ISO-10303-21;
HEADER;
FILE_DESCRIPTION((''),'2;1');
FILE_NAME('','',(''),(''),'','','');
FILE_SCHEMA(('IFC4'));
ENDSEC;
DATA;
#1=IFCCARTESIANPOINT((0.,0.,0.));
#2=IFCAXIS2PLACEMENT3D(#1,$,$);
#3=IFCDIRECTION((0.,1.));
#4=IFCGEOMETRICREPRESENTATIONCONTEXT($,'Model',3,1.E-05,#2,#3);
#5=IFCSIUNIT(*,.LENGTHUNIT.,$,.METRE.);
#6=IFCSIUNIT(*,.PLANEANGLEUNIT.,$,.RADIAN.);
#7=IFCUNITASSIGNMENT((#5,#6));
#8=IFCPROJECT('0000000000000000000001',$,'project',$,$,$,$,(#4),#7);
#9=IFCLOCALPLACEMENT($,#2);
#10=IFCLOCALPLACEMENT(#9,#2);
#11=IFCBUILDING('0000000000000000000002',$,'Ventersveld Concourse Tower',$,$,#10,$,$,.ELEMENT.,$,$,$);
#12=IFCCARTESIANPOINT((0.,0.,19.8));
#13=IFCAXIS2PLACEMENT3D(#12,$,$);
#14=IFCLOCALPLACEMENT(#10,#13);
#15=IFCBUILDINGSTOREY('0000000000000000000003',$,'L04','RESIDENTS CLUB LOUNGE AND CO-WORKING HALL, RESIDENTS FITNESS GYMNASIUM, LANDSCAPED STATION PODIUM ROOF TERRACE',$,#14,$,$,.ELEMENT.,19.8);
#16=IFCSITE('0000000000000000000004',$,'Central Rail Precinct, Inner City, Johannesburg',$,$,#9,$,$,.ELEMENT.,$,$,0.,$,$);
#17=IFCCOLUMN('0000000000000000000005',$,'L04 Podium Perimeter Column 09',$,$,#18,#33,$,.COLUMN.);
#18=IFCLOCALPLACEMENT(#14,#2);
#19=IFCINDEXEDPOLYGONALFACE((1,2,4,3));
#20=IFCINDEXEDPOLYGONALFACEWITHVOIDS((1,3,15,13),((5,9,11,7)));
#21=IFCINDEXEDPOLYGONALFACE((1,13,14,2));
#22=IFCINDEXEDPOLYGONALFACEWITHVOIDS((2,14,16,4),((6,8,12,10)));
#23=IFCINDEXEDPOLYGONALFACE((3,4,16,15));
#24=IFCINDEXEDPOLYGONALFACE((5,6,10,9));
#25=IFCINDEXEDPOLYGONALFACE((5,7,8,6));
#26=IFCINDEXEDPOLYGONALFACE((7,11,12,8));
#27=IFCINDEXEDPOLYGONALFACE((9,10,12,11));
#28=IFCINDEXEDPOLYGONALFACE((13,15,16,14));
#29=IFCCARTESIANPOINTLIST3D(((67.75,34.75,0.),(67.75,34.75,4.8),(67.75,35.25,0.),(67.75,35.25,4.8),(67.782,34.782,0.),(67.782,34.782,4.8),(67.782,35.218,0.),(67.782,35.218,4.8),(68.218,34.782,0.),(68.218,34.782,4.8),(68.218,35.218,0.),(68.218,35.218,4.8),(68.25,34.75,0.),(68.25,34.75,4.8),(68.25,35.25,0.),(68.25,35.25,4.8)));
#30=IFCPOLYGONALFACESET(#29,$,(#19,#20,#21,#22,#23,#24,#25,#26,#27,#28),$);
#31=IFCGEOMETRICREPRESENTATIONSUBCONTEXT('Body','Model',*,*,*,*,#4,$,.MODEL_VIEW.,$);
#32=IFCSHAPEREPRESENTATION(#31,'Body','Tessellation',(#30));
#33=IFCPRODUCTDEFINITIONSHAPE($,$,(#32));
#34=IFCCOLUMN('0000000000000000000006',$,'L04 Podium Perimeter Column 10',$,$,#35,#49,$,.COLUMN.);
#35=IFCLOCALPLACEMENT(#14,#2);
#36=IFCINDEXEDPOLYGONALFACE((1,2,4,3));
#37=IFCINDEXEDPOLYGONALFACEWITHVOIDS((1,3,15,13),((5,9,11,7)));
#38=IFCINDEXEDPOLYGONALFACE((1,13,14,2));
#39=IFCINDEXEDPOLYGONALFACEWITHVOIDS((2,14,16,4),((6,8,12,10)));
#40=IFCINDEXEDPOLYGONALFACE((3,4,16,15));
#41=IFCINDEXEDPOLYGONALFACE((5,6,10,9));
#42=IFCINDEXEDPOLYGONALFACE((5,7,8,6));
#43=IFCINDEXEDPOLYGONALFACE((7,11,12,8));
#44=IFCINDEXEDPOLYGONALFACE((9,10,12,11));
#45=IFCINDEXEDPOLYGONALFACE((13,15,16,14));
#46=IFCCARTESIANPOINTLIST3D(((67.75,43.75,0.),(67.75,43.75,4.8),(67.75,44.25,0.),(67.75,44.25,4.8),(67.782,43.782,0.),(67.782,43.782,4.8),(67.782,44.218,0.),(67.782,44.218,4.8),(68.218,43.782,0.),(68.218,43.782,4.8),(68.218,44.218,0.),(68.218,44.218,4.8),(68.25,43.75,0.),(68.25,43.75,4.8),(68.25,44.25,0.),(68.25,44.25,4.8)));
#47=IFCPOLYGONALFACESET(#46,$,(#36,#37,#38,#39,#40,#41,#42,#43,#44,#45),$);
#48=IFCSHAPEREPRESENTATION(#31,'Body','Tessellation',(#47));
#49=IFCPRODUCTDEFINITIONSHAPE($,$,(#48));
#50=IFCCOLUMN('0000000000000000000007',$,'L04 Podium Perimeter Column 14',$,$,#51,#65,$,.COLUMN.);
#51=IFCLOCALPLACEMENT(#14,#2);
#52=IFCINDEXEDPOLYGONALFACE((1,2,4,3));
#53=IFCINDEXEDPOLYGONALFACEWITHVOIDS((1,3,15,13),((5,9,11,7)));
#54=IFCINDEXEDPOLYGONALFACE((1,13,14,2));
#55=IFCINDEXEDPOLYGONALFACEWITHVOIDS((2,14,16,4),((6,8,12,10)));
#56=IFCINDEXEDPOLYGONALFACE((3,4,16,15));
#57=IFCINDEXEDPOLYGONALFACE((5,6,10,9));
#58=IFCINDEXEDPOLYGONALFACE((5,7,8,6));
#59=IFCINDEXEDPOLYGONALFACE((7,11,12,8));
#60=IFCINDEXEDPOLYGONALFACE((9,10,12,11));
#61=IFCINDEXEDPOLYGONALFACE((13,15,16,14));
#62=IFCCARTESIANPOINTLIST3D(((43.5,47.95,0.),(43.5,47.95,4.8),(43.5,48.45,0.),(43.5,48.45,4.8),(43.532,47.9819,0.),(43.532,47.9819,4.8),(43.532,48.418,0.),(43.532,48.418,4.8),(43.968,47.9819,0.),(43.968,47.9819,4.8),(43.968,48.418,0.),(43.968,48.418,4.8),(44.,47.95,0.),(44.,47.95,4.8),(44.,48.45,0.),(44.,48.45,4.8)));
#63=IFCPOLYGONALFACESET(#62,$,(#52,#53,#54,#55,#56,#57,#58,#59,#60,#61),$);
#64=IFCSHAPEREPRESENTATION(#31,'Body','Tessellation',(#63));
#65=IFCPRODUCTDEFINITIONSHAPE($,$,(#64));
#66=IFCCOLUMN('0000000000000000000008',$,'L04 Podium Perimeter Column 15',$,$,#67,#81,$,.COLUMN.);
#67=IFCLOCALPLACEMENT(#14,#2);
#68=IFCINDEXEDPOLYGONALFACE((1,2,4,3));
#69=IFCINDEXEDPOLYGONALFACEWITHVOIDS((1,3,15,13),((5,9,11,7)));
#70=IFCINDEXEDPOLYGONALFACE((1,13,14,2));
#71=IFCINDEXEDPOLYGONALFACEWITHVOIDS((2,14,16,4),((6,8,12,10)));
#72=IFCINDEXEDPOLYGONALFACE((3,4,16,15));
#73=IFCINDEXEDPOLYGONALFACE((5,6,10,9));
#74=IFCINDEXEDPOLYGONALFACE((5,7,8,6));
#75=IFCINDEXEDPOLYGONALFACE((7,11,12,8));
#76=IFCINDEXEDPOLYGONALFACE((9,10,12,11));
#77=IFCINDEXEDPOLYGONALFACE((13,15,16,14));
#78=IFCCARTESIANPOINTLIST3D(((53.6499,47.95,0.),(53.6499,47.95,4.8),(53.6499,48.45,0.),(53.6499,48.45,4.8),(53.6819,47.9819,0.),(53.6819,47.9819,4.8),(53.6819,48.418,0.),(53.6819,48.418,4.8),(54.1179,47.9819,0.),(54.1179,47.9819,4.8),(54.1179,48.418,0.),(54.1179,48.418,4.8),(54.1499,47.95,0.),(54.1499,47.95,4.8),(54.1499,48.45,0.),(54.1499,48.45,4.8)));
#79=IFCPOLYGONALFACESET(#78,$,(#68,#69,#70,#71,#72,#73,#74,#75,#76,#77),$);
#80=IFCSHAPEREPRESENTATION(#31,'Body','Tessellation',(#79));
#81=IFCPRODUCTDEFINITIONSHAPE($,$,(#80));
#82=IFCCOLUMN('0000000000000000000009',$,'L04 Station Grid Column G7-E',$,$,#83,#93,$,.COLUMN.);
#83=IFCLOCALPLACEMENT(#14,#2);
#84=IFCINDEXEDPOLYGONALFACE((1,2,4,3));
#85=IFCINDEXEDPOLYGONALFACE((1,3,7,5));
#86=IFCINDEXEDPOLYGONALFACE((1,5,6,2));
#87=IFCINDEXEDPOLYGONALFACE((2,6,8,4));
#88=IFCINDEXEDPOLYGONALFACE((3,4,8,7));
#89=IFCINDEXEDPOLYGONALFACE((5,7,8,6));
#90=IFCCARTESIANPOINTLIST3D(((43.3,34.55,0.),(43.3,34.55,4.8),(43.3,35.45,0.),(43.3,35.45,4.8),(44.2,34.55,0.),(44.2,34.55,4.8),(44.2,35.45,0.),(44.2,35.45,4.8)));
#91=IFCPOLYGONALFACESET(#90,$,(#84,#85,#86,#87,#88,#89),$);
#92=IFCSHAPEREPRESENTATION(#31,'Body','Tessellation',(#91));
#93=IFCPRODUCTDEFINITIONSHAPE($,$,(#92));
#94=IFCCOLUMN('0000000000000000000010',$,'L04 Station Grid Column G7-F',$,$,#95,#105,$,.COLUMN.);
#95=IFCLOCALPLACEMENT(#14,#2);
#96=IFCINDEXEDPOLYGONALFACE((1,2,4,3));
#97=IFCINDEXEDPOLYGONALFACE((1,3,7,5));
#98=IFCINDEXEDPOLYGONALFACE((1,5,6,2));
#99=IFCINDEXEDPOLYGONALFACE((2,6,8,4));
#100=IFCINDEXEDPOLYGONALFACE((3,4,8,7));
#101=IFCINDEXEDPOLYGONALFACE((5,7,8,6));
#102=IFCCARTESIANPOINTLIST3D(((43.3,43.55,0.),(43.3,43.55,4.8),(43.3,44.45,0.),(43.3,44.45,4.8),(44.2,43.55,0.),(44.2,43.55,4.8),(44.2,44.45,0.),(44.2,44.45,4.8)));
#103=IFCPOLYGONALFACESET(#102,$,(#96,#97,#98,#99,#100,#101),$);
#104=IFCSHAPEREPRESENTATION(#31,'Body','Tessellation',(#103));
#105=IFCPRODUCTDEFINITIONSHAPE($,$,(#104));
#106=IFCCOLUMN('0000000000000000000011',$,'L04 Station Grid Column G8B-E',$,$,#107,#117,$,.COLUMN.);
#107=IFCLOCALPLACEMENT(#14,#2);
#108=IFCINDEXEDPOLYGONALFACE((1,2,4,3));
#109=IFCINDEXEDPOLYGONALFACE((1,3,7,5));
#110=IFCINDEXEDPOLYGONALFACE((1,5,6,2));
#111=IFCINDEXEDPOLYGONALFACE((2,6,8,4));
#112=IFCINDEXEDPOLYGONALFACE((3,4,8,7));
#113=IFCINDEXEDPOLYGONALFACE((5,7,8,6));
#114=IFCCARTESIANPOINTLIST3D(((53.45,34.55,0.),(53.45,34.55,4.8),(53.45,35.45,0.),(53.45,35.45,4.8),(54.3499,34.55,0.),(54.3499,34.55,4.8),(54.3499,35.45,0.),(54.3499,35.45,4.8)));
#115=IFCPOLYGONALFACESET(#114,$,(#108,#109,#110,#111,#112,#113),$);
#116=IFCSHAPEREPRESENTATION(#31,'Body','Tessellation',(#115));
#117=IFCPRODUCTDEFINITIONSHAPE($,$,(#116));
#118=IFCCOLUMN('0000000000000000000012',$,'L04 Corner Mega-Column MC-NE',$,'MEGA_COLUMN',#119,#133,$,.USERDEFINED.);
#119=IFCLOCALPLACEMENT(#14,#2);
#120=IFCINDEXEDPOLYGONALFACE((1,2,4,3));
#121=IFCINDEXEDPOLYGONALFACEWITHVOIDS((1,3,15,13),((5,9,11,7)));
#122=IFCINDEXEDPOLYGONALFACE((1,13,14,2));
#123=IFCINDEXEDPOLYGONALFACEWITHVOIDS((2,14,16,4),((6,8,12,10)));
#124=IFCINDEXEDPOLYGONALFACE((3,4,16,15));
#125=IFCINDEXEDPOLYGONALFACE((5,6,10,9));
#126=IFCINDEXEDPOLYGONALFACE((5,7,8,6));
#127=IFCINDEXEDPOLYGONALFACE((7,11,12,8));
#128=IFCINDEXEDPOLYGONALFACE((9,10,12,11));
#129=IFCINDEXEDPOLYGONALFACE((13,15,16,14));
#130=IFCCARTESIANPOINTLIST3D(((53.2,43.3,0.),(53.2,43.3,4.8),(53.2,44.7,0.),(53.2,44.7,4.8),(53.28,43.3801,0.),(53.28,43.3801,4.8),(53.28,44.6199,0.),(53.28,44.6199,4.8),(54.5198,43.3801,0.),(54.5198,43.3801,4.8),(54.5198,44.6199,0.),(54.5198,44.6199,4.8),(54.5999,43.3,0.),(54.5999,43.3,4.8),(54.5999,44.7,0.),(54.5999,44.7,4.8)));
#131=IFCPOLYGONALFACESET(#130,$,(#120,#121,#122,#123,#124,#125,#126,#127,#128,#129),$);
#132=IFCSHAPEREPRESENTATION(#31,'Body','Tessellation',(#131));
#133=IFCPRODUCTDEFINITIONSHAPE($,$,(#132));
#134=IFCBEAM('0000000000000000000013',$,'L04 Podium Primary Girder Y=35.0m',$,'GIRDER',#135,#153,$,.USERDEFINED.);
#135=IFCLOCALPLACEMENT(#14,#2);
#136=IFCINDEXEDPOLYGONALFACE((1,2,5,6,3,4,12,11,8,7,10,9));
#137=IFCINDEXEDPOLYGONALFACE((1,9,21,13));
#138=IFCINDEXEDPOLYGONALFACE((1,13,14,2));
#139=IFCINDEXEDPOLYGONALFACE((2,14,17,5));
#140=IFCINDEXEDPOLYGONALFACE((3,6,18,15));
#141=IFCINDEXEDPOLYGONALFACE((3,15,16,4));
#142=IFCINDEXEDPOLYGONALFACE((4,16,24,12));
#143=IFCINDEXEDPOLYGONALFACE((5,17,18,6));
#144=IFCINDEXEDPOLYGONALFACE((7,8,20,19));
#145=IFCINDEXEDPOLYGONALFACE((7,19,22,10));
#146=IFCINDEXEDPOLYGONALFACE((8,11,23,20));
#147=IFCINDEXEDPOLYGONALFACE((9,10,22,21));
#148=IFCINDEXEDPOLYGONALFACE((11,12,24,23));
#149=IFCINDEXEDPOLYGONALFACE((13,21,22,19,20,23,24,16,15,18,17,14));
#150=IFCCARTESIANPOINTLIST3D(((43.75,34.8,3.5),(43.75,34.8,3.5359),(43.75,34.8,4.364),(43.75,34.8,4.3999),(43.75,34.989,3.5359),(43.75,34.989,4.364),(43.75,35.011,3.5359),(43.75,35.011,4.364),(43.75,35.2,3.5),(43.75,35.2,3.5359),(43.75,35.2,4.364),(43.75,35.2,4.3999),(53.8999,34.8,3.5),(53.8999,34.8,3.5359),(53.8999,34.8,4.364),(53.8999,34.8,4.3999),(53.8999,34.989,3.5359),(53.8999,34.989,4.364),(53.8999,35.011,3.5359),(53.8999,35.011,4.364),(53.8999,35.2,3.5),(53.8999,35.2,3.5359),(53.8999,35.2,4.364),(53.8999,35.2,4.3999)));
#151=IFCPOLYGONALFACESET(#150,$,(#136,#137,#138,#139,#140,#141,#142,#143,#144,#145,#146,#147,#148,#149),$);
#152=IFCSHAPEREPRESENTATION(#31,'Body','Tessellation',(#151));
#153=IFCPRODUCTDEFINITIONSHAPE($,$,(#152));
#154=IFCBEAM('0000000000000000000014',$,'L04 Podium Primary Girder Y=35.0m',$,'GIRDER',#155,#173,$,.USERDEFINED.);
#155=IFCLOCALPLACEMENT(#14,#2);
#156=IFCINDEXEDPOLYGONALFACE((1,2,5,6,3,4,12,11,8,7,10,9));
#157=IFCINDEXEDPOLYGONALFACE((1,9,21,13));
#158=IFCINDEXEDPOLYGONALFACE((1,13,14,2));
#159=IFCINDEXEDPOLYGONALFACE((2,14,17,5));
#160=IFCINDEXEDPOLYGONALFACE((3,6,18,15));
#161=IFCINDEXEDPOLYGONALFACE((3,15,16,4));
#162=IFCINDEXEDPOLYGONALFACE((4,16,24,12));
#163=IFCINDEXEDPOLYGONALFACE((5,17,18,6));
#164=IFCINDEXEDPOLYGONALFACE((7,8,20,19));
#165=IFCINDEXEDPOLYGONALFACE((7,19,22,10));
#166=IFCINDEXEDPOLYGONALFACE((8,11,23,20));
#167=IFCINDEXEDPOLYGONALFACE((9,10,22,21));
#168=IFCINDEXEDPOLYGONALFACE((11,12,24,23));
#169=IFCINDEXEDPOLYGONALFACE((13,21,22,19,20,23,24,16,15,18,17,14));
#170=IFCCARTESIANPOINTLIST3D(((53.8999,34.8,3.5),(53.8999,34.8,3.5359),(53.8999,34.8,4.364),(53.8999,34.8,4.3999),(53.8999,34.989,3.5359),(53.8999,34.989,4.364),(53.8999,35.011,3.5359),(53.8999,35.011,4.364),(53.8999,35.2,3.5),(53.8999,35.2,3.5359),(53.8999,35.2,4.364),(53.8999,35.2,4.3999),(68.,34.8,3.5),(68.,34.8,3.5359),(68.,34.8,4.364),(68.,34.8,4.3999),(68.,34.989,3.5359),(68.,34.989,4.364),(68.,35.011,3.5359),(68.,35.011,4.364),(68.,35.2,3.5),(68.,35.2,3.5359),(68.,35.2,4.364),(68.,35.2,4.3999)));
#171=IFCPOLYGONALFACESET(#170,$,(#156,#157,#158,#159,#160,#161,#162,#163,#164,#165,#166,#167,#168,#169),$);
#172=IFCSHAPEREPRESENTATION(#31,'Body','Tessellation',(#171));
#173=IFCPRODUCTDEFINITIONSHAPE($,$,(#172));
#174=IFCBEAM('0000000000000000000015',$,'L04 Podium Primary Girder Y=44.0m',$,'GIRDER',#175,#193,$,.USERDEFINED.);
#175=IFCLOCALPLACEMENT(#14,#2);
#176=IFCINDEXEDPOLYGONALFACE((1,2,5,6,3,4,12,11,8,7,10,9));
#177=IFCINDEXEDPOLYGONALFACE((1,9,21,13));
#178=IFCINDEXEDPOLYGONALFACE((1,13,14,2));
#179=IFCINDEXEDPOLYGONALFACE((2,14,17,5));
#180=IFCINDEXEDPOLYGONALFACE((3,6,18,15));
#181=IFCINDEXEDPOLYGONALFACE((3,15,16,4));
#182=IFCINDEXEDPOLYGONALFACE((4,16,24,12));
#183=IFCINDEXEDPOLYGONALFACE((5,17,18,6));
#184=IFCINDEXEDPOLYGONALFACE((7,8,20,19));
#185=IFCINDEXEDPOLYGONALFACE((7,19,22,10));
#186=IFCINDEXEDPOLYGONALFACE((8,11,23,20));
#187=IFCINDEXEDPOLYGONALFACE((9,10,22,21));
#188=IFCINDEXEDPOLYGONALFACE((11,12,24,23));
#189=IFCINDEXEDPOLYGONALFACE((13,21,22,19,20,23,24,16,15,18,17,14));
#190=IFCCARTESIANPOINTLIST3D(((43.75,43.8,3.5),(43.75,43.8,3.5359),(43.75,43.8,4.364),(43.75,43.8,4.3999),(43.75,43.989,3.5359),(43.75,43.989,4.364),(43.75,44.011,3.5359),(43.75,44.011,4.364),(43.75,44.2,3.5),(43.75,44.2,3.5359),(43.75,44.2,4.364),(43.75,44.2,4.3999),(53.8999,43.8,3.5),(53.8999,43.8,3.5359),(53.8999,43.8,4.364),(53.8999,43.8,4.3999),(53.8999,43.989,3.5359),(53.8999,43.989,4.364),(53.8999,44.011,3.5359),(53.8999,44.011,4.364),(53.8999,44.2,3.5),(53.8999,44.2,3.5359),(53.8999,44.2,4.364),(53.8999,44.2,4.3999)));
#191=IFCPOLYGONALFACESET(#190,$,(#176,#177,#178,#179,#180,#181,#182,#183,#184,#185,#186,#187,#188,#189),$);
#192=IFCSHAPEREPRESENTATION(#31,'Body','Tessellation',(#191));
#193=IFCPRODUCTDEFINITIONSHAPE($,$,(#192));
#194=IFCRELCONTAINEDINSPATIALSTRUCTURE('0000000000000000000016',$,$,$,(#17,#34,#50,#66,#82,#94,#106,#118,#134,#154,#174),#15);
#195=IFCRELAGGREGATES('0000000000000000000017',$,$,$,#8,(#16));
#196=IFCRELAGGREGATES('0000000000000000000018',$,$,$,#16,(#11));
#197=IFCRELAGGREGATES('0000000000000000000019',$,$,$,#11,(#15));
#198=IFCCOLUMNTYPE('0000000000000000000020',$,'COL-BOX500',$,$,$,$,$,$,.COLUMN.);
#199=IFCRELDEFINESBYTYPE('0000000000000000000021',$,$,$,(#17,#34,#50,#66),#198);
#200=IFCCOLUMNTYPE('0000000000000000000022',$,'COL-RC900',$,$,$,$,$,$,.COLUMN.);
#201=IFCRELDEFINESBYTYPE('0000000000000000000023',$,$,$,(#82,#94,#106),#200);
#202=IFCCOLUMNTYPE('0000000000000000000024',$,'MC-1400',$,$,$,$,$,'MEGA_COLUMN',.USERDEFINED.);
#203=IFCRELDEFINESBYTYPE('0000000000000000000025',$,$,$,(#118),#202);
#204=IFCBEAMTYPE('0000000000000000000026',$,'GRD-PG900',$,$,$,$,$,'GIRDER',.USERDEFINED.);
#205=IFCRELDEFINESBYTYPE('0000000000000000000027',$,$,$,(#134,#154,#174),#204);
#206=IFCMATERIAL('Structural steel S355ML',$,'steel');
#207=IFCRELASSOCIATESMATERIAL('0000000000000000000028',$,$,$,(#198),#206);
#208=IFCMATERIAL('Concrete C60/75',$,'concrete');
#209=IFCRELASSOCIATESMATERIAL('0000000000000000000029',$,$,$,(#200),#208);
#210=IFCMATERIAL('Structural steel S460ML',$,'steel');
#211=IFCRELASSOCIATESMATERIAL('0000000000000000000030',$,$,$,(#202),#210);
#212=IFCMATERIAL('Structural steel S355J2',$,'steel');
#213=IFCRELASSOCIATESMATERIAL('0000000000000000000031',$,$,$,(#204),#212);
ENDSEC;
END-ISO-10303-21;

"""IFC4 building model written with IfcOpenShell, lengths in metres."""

from ifc_helpers import new_model, si_unit, direction, frame, origin, origin_2d, place, context, subcontext, project, spatial, rectangle, hollow_rectangle, i_section, extrude, material, material_profile, profile_set, type_object, element, save


model = new_model("IFC4")

# Units and contexts
model_context = context("Model", 3, precision=1e-05, world=origin(), true_north=direction((0.0, 1.0)))
body_context = subcontext(model_context, "Body", "Model", "MODEL_VIEW")
ifc_project = project(units=[si_unit("LENGTHUNIT", "METRE"), si_unit("PLANEANGLEUNIT", "RADIAN")], contexts=[model_context])

# Site, building, storey
site_placement = place(None, origin())
site = spatial("IfcSite", under=ifc_project, at=site_placement, Name="Central Rail Precinct, Inner City, Johannesburg", CompositionType="ELEMENT", RefElevation=0.0)
building_placement = place(site_placement, origin())
building = spatial("IfcBuilding", under=site, at=building_placement, Name="Ventersveld Concourse Tower", CompositionType="ELEMENT")
storey_placement = place(building_placement, frame((0.0, 0.0, 19.8)))
storey = spatial("IfcBuildingStorey", under=building, at=storey_placement, Name="L04", Description="RESIDENTS CLUB LOUNGE AND CO-WORKING HALL, RESIDENTS FITNESS GYMNASIUM, LANDSCAPED STATION PODIUM ROOF TERRACE", CompositionType="ELEMENT", Elevation=19.8)

# Columns
ifc_material_1 = material(Name="Structural steel S355ML", Category="steel")
ifc_material_profile_1 = material_profile(ifc_material_1, hollow_rectangle(XDim=0.5, YDim=0.5, WallThickness=0.032, at=origin_2d()), Name="BOX 500x500x32")
ifc_profile_set_1 = profile_set([ifc_material_profile_1], Name="Structural steel S355ML")
column_type_1 = type_object("IfcColumnType", Name="COL-BOX500", PredefinedType="COLUMN", material=ifc_profile_set_1)
for number, where, z_axis, x_axis, name in (
    (1, (68.0, 35.0, 0.0), (0.0, 0.0, 1.0), (1.0, 0.0, 0.0), "L04 Podium Perimeter Column 09"),
    (2, (68.0, 44.0, 0.0), (0.0, 0.0, 1.0), (1.0, 0.0, 0.0), "L04 Podium Perimeter Column 10"),
    (3, (43.75, 48.2, 0.0), (0.0, 0.0, 1.0), (1.0, 0.0, 0.0), "L04 Podium Perimeter Column 14"),
    (4, (53.8999, 48.2, 0.0), (0.0, 0.0, 1.0), (1.0, 0.0, 0.0), "L04 Podium Perimeter Column 15"),
):
    element("IfcColumn", number, at=place(storey_placement, frame(where, z_axis=z_axis, x_axis=x_axis)), inside=storey, type_object=column_type_1, Name=name, PredefinedType="COLUMN", context=body_context, shape_type="SweptSolid", body=[
        extrude(hollow_rectangle(XDim=0.5, YDim=0.5, WallThickness=0.032, at=origin_2d()), origin(), (0.0, 0.0, 1.0), 4.8),
    ])
ifc_material_2 = material(Name="Concrete C60/75", Category="concrete")
ifc_material_profile_2 = material_profile(ifc_material_2, rectangle(XDim=0.8999, YDim=0.8999, at=origin_2d()), Name="RC 900x900")
ifc_profile_set_2 = profile_set([ifc_material_profile_2], Name="Concrete C60/75")
column_type_2 = type_object("IfcColumnType", Name="COL-RC900", PredefinedType="COLUMN", material=ifc_profile_set_2)
for number, where, z_axis, x_axis, name in (
    (5, (43.75, 35.0, 0.0), (0.0, 0.0, 1.0), (1.0, 0.0, 0.0), "L04 Station Grid Column G7-E"),
    (6, (43.75, 44.0, 0.0), (0.0, 0.0, 1.0), (1.0, 0.0, 0.0), "L04 Station Grid Column G7-F"),
    (7, (53.8999, 35.0, 0.0), (0.0, 0.0, 1.0), (1.0, 0.0, 0.0), "L04 Station Grid Column G8B-E"),
):
    element("IfcColumn", number, at=place(storey_placement, frame(where, z_axis=z_axis, x_axis=x_axis)), inside=storey, type_object=column_type_2, Name=name, PredefinedType="COLUMN", context=body_context, shape_type="SweptSolid", body=[
        extrude(rectangle(XDim=0.8999, YDim=0.8999, at=origin_2d()), origin(), (0.0, 0.0, 1.0), 4.8),
    ])
ifc_material_3 = material(Name="Structural steel S460ML", Category="steel")
ifc_material_profile_3 = material_profile(ifc_material_3, hollow_rectangle(XDim=1.3999, YDim=1.3999, WallThickness=0.0801, at=origin_2d()), Name="BOX 1400x1400x80")
ifc_profile_set_3 = profile_set([ifc_material_profile_3], Name="Structural steel S460ML")
column_type_3 = type_object("IfcColumnType", Name="MC-1400", ElementType="MEGA_COLUMN", PredefinedType="USERDEFINED", material=ifc_profile_set_3)
column_placement = place(storey_placement, frame((53.8999, 44.0, 0.0), z_axis=(0.0, 0.0, 1.0), x_axis=(1.0, 0.0, 0.0)))
element("IfcColumn", 8, at=column_placement, inside=storey, type_object=column_type_3, Name="L04 Corner Mega-Column MC-NE", ObjectType="MEGA_COLUMN", PredefinedType="USERDEFINED", context=body_context, shape_type="SweptSolid", body=[
    extrude(hollow_rectangle(XDim=1.3999, YDim=1.3999, WallThickness=0.0801, at=origin_2d()), origin(), (0.0, 0.0, 1.0), 4.8),
])

# Beams
ifc_material_4 = material(Name="Structural steel S355J2", Category="steel")
ifc_material_profile_4 = material_profile(ifc_material_4, i_section(OverallWidth=0.3999, OverallDepth=0.8999, WebThickness=0.022, FlangeThickness=0.0359, at=origin_2d()), Name="PG 900x400x36")
ifc_profile_set_4 = profile_set([ifc_material_profile_4], Name="Structural steel S355J2")
beam_type_1 = type_object("IfcBeamType", Name="GRD-PG900", ElementType="GIRDER", PredefinedType="USERDEFINED", material=ifc_profile_set_4)
beam_1_placement = place(storey_placement, frame((43.75, 35.0, 3.95), z_axis=(1.0, 0.0, 0.0), x_axis=(0.0, 1.0, 0.0)))
element("IfcBeam", 9, at=beam_1_placement, inside=storey, type_object=beam_type_1, Name="L04 Podium Primary Girder Y=35.0m", ObjectType="GIRDER", PredefinedType="USERDEFINED", context=body_context, shape_type="SweptSolid", body=[
    extrude(i_section(OverallWidth=0.3999, OverallDepth=0.8999, WebThickness=0.022, FlangeThickness=0.0359, at=origin_2d()), origin(), (0.0, 0.0, 1.0), 10.1499),
])
beam_2_placement = place(storey_placement, frame((53.8999, 35.0, 3.95), z_axis=(1.0, 0.0, 0.0), x_axis=(0.0, 1.0, 0.0)))
element("IfcBeam", 10, at=beam_2_placement, inside=storey, type_object=beam_type_1, Name="L04 Podium Primary Girder Y=35.0m", ObjectType="GIRDER", PredefinedType="USERDEFINED", context=body_context, shape_type="SweptSolid", body=[
    extrude(i_section(OverallWidth=0.3999, OverallDepth=0.8999, WebThickness=0.022, FlangeThickness=0.0359, at=origin_2d()), origin(), (0.0, 0.0, 1.0), 14.1001),
])
beam_3_placement = place(storey_placement, frame((43.75, 44.0, 3.95), z_axis=(1.0, 0.0, 0.0), x_axis=(0.0, 1.0, 0.0)))
element("IfcBeam", 11, at=beam_3_placement, inside=storey, type_object=beam_type_1, Name="L04 Podium Primary Girder Y=44.0m", ObjectType="GIRDER", PredefinedType="USERDEFINED", context=body_context, shape_type="SweptSolid", body=[
    extrude(i_section(OverallWidth=0.3999, OverallDepth=0.8999, WebThickness=0.022, FlangeThickness=0.0359, at=origin_2d()), origin(), (0.0, 0.0, 1.0), 10.1499),
])

save(model, "model.ifc")
